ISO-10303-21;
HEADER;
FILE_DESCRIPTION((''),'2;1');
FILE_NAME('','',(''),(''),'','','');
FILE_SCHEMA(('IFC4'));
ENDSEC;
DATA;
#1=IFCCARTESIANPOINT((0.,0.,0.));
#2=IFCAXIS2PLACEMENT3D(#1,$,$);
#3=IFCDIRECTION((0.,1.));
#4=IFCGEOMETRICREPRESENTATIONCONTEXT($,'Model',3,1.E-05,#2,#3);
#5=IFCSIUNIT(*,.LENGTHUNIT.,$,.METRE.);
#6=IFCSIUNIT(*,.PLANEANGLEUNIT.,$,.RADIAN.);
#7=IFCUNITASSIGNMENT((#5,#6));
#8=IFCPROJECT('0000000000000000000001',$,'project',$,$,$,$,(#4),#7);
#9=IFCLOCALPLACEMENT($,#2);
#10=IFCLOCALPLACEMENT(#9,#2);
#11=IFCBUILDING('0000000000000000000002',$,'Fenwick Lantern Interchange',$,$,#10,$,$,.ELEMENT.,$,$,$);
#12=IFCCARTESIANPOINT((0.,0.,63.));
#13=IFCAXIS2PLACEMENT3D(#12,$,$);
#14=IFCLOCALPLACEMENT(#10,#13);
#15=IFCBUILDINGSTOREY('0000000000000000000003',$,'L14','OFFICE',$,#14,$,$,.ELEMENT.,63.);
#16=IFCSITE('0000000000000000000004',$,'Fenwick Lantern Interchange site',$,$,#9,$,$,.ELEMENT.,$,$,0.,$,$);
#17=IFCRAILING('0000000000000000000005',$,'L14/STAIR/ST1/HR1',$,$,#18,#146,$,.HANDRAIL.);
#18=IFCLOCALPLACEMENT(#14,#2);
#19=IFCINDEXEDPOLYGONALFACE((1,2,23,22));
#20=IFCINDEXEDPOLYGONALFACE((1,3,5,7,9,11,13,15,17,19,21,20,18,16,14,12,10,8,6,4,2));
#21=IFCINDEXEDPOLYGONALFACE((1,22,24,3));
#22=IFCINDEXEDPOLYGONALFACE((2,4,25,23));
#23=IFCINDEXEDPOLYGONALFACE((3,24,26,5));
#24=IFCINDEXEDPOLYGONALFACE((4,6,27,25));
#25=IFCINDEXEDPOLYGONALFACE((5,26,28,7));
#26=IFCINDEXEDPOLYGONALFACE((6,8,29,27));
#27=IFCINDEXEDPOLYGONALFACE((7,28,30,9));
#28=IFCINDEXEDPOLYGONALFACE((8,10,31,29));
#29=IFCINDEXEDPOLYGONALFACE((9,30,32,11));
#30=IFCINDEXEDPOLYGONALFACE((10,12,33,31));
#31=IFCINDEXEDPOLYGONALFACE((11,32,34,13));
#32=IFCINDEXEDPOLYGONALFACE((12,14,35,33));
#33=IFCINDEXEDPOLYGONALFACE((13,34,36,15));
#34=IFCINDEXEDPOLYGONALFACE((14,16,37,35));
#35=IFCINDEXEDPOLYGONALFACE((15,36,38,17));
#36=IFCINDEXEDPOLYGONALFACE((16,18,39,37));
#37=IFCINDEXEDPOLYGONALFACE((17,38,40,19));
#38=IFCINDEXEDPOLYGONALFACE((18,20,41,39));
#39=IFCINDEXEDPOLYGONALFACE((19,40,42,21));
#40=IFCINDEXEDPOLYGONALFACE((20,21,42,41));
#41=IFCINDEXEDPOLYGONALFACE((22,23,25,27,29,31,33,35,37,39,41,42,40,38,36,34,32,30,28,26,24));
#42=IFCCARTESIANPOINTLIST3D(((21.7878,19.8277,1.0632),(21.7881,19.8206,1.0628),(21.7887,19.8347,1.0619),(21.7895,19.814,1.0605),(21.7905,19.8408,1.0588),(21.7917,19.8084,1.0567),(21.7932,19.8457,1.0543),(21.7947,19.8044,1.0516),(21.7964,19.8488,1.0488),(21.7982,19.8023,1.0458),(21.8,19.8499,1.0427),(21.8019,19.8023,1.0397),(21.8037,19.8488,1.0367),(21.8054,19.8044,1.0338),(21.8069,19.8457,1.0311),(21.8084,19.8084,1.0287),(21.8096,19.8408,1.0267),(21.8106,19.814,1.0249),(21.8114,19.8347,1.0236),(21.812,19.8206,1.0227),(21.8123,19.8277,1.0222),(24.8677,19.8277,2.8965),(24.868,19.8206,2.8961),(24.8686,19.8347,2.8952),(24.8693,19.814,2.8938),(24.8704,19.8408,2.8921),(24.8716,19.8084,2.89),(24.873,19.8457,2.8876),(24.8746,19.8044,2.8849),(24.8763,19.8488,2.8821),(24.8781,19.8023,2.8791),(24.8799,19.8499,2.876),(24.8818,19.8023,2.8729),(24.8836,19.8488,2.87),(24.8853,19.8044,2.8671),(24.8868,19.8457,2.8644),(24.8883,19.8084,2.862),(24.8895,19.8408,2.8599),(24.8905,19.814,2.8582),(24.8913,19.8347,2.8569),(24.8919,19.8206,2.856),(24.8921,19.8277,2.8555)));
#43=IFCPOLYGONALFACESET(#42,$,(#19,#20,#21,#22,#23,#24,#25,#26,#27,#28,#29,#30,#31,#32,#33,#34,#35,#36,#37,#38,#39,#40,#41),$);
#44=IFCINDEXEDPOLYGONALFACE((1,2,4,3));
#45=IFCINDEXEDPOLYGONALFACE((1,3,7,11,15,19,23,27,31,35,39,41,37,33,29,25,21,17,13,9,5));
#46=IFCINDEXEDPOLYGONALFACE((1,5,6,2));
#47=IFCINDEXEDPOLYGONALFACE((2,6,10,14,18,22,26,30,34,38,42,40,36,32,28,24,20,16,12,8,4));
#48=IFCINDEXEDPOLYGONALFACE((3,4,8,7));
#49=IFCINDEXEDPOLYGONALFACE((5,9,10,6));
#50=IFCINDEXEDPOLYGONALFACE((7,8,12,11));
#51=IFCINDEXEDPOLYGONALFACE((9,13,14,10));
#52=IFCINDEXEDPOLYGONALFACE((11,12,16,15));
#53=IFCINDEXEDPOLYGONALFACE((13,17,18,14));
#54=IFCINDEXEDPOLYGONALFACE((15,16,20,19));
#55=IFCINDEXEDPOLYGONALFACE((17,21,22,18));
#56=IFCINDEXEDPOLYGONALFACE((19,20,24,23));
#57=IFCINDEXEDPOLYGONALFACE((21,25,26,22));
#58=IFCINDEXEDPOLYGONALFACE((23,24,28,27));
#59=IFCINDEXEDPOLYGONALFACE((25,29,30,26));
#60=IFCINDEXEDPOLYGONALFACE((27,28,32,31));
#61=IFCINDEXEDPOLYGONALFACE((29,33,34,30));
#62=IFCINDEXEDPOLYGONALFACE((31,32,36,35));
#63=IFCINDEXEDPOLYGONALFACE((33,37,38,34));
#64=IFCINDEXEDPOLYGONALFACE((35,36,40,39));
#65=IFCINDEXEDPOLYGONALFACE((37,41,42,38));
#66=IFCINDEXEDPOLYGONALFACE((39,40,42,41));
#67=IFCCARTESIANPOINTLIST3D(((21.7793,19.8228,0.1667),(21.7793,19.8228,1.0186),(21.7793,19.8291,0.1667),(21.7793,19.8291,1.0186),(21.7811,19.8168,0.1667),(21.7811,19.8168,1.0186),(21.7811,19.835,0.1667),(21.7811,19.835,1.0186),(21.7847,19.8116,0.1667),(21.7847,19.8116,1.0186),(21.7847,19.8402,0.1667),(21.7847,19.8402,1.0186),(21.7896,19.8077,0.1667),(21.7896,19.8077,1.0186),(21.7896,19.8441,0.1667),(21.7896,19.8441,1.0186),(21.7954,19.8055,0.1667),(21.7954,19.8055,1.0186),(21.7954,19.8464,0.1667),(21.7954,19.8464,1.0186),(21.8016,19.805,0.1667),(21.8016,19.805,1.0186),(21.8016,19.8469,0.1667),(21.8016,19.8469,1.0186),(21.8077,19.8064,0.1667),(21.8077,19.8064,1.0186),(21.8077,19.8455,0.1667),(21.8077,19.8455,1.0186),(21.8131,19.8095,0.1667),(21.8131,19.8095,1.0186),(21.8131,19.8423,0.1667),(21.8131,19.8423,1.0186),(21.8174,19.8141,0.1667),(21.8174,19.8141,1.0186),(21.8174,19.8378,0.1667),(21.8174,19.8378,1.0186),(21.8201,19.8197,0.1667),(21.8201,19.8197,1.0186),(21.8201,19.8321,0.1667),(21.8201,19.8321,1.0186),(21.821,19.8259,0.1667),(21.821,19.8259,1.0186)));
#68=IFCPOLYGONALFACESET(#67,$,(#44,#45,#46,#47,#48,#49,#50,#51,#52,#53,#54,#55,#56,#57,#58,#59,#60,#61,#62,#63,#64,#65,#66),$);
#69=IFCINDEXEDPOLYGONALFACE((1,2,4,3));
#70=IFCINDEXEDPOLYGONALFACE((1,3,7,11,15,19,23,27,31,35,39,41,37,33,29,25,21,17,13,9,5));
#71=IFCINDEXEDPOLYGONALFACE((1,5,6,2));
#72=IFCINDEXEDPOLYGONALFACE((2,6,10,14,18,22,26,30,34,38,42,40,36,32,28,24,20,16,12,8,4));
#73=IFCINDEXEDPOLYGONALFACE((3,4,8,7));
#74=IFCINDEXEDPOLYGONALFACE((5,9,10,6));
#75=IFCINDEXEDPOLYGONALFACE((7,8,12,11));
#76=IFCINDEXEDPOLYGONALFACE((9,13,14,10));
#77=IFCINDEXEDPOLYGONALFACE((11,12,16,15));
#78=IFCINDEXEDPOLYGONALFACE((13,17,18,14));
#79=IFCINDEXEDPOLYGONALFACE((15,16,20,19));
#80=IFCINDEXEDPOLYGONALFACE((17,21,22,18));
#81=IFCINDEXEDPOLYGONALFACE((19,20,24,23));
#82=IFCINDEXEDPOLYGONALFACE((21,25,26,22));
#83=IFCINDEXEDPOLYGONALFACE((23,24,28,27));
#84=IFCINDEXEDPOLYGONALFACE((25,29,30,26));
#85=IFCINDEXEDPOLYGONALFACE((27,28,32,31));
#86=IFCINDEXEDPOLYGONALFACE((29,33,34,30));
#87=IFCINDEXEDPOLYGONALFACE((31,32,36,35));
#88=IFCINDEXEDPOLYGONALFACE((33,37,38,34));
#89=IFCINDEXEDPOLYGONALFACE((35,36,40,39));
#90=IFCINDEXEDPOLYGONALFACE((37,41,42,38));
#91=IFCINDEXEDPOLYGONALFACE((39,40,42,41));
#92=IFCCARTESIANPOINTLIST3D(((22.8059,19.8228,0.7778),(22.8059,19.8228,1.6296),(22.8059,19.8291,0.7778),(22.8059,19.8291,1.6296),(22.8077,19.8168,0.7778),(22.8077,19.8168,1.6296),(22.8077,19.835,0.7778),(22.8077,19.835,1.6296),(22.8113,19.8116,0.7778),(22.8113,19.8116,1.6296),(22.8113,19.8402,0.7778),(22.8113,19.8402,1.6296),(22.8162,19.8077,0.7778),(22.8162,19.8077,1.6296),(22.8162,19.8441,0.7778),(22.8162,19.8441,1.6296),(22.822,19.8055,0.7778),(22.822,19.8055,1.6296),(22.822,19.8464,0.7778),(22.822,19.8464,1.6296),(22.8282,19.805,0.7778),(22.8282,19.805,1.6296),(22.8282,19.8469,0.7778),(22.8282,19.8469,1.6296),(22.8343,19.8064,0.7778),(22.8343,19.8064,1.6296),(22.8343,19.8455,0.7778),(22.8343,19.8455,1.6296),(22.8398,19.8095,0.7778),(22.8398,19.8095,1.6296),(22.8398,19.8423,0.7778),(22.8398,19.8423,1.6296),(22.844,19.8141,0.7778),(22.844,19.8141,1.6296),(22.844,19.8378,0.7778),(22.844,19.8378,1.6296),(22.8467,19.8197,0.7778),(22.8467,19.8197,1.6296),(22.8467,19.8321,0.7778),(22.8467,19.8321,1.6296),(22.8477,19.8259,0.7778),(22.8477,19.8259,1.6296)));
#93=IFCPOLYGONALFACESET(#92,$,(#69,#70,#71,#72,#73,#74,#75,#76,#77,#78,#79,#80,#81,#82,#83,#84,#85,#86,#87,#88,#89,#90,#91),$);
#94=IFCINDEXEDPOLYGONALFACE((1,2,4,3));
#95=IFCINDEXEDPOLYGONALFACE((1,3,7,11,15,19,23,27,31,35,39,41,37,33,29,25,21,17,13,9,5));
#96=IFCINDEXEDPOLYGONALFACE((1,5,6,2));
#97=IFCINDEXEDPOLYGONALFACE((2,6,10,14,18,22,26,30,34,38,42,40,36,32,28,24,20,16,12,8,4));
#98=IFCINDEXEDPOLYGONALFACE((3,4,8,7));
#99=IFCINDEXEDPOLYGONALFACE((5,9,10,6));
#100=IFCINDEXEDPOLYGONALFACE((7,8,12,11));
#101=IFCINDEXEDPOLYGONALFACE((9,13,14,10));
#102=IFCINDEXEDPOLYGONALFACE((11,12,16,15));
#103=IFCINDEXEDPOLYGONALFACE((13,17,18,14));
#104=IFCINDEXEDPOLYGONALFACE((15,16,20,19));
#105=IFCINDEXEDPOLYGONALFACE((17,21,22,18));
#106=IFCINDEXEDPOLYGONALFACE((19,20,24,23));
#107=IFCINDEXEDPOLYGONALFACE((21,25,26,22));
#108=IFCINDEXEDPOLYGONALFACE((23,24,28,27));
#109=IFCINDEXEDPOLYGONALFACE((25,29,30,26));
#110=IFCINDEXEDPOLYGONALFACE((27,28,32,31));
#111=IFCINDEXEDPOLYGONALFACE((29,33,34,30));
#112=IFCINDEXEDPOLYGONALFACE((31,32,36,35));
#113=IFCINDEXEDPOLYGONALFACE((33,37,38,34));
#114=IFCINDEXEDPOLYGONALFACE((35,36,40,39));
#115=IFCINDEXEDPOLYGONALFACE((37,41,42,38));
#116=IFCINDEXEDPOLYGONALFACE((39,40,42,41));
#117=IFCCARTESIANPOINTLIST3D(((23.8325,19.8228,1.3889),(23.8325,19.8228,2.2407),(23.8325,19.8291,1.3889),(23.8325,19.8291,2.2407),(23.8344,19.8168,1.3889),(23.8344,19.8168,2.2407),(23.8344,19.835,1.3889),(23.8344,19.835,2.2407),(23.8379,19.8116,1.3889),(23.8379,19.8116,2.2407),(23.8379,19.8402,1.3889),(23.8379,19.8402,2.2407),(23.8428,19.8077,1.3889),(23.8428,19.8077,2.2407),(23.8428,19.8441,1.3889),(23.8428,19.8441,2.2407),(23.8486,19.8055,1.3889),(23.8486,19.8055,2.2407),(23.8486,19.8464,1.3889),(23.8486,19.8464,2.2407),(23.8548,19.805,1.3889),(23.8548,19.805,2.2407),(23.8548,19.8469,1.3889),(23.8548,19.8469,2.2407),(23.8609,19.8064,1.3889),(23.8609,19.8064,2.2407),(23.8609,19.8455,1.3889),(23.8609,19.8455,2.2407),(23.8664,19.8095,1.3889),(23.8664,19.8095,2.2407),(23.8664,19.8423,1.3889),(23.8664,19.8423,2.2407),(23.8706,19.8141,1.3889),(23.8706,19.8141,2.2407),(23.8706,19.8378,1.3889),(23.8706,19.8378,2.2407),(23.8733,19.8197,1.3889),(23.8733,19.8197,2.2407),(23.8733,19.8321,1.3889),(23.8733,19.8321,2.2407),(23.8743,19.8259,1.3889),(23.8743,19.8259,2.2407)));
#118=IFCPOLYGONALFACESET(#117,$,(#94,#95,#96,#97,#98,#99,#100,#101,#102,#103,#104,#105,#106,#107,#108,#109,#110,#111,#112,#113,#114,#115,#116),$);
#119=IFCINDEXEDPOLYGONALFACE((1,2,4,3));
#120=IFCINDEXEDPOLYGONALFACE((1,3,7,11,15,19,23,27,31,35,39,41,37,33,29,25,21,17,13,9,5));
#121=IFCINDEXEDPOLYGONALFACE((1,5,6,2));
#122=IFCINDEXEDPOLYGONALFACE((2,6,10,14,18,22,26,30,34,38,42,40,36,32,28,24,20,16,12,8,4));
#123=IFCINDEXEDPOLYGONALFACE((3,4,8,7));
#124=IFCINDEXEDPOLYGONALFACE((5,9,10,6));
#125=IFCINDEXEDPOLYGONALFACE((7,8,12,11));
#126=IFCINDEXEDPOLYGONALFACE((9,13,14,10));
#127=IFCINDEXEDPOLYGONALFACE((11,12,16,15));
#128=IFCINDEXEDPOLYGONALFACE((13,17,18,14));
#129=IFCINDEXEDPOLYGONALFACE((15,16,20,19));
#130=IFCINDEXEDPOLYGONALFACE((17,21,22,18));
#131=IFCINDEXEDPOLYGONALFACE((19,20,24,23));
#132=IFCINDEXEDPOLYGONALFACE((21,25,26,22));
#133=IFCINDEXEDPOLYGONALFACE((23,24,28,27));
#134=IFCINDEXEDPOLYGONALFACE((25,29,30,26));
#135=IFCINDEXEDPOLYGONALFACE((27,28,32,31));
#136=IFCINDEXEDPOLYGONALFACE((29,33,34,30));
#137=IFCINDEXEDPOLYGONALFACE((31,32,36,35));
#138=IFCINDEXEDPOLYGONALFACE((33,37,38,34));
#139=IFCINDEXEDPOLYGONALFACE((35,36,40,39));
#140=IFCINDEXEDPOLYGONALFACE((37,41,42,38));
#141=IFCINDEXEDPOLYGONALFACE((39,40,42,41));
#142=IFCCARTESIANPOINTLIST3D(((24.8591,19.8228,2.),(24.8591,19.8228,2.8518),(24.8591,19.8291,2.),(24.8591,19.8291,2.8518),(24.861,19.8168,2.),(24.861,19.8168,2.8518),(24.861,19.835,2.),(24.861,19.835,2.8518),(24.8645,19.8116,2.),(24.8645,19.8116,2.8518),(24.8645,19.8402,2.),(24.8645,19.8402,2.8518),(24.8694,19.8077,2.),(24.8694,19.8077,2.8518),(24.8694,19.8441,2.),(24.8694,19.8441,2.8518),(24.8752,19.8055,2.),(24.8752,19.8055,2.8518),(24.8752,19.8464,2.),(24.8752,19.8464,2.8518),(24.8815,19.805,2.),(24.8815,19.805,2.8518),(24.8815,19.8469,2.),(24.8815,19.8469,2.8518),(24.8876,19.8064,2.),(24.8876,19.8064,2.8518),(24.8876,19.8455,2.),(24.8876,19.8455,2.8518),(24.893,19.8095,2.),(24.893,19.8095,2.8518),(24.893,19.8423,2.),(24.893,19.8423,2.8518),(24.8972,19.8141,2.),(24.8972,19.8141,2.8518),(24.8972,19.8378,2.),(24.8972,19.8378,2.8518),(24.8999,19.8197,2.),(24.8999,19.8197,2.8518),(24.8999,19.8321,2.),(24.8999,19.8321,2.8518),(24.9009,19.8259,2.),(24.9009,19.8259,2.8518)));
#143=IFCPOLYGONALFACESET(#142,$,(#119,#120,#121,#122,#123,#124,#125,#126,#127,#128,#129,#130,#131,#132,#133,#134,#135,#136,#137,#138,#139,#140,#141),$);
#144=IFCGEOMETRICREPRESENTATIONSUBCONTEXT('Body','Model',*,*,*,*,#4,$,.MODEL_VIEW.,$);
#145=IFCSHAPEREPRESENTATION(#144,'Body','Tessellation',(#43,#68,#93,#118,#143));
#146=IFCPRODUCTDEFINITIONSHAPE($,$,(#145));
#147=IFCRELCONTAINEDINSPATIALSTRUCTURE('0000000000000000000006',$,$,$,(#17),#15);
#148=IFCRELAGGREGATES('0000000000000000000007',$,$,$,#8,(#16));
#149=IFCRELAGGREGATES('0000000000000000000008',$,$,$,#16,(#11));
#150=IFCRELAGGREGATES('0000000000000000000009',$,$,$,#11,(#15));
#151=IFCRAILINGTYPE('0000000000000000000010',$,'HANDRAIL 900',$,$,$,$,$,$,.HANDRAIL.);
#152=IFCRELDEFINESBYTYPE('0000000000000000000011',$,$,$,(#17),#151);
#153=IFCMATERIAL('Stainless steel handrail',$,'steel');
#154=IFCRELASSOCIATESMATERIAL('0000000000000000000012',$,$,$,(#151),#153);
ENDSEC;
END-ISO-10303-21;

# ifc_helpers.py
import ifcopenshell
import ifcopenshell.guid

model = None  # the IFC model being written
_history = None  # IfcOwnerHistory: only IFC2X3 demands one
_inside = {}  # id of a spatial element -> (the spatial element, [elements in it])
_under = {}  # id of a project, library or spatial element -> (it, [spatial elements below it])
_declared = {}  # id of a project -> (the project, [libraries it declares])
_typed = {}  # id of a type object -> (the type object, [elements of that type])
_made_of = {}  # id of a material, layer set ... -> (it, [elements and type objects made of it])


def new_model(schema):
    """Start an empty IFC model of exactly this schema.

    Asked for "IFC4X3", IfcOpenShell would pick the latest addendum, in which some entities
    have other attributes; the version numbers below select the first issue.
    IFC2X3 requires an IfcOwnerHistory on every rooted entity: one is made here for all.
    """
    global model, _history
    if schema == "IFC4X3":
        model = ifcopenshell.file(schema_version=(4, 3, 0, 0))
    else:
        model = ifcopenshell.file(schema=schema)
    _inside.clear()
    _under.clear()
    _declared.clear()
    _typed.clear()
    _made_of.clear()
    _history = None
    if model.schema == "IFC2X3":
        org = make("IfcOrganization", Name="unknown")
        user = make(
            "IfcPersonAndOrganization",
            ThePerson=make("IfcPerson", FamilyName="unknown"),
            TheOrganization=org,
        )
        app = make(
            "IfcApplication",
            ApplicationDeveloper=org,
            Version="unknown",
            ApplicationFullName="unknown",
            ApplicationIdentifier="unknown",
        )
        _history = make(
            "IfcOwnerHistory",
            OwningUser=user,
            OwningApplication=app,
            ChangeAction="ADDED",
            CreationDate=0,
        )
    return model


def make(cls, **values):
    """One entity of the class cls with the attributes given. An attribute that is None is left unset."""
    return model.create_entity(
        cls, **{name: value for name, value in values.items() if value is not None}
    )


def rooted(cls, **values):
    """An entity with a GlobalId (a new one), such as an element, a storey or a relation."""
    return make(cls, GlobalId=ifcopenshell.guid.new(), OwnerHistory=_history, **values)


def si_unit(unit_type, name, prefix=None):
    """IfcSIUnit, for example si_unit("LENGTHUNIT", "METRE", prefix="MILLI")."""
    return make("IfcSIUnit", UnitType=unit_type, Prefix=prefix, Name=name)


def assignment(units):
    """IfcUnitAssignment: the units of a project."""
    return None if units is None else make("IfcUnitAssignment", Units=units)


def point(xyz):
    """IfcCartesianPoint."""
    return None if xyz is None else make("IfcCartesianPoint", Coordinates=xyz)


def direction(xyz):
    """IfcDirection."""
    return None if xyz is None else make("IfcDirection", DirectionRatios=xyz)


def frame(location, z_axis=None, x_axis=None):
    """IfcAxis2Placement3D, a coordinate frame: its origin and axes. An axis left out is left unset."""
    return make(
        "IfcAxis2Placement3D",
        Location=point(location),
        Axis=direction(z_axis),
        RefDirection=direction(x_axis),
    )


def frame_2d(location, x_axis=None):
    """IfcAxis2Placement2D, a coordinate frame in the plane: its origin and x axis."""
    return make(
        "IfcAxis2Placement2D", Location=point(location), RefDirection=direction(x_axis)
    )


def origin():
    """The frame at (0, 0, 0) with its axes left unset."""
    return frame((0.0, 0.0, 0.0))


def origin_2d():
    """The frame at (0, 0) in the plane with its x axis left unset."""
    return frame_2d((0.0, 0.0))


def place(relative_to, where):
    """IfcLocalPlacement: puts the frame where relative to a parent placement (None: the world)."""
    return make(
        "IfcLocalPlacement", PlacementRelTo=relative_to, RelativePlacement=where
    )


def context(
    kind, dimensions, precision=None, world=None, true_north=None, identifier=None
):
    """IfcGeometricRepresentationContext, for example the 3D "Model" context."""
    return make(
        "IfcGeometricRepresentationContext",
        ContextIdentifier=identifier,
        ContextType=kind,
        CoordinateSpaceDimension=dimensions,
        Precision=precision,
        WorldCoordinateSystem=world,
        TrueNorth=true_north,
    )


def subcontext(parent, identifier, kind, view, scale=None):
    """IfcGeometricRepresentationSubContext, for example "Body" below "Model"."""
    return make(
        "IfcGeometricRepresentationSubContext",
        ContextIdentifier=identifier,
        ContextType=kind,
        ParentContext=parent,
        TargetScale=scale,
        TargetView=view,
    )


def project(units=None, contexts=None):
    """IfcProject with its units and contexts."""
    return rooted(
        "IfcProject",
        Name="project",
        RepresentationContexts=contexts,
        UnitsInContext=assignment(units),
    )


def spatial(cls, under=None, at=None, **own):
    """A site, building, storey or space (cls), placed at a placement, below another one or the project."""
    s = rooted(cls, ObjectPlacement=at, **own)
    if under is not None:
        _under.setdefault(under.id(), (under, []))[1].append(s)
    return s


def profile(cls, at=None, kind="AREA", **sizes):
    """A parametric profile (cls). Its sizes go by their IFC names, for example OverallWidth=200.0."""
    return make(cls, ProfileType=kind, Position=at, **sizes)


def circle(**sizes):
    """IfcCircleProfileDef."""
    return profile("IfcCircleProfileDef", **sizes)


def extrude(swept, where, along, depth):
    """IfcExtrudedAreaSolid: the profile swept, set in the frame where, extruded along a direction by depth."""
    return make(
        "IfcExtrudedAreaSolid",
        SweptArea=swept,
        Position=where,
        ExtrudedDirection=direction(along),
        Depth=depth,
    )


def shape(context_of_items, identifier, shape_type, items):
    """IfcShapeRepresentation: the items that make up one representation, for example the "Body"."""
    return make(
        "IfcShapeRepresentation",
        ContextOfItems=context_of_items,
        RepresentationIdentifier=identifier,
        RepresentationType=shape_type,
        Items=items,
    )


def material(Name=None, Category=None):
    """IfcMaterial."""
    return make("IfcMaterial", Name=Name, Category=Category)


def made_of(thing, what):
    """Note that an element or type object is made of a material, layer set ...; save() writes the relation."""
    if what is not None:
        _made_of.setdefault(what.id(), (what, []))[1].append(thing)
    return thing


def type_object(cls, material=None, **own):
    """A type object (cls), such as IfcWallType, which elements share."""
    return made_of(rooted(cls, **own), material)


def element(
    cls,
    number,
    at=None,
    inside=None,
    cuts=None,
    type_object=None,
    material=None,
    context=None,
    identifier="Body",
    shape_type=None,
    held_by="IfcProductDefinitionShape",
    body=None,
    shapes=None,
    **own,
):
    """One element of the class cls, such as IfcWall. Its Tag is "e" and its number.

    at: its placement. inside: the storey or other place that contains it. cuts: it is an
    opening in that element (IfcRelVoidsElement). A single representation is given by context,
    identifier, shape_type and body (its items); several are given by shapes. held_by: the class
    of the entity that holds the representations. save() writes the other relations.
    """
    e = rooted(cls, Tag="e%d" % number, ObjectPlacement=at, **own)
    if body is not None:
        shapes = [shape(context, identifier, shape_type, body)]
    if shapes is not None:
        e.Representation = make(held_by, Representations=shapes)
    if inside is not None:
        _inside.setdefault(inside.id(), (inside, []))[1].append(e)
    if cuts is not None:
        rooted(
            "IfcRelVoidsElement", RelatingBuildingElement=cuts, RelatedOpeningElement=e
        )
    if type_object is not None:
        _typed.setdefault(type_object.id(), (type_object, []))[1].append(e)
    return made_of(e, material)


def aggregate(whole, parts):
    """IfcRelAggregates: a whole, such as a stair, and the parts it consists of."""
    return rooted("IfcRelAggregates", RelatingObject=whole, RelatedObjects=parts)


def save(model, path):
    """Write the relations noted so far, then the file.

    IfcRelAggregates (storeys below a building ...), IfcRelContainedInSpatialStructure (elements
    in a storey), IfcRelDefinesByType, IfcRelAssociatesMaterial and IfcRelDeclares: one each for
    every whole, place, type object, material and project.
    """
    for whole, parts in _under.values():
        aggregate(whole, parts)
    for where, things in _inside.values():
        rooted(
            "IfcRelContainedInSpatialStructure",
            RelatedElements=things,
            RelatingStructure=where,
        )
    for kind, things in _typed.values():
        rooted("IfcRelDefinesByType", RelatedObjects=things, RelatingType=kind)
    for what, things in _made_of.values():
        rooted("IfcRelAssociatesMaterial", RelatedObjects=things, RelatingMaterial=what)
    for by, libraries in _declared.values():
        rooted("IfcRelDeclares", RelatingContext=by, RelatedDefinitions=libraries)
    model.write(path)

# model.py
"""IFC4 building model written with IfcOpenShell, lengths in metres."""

from ifc_helpers import new_model, si_unit, direction, frame, origin, origin_2d, place, context, subcontext, project, spatial, circle, extrude, material, type_object, element, save


model = new_model("IFC4")

# Units and contexts
model_context = context("Model", 3, precision=1e-05, world=origin(), true_north=direction((0.0, 1.0)))
body_context = subcontext(model_context, "Body", "Model", "MODEL_VIEW")
ifc_project = project(units=[si_unit("LENGTHUNIT", "METRE"), si_unit("PLANEANGLEUNIT", "RADIAN")], contexts=[model_context])

# Site, building, storey
site_placement = place(None, origin())
site = spatial("IfcSite", under=ifc_project, at=site_placement, Name="Fenwick Lantern Interchange site", CompositionType="ELEMENT", RefElevation=0.0)
building_placement = place(site_placement, origin())
building = spatial("IfcBuilding", under=site, at=building_placement, Name="Fenwick Lantern Interchange", CompositionType="ELEMENT")
storey_placement = place(building_placement, frame((0.0, 0.0, 63.0)))
storey = spatial("IfcBuildingStorey", under=building, at=storey_placement, Name="L14", Description="OFFICE", CompositionType="ELEMENT", Elevation=63.0)

# Railing
ifc_material_1 = material(Name="Stainless steel handrail", Category="steel")
railing_type = type_object("IfcRailingType", Name="HANDRAIL 900", PredefinedType="HANDRAIL", material=ifc_material_1)
railing_1_placement = place(storey_placement, frame((21.8, 19.8259, 0.1667)))
element("IfcRailing", 1, at=railing_1_placement, inside=storey, type_object=railing_type, Name="L14/STAIR/ST1/HR1", PredefinedType="HANDRAIL", context=body_context, shape_type="SweptSolid", body=[
    extrude(circle(Radius=0.0239, at=origin_2d()), frame((0.0, 0.0, 0.876), z_axis=(0.859291, 0.0, 0.511487), x_axis=(0.0, 1.0, 0.0)), (0.0, 0.0, 1.0), 3.5842),
    extrude(circle(Radius=0.021, at=origin_2d()), origin(), (0.0, 0.0, 1.0), 0.8518),
    extrude(circle(Radius=0.021, at=origin_2d()), frame((1.0266, 0.0, 0.6111)), (0.0, 0.0, 1.0), 0.8518),
    extrude(circle(Radius=0.021, at=origin_2d()), frame((2.0532, 0.0, 1.2222)), (0.0, 0.0, 1.0), 0.8518),
    extrude(circle(Radius=0.021, at=origin_2d()), frame((3.0798, 0.0, 1.8333)), (0.0, 0.0, 1.0), 0.8518),
])

save(model, "model.ifc")
